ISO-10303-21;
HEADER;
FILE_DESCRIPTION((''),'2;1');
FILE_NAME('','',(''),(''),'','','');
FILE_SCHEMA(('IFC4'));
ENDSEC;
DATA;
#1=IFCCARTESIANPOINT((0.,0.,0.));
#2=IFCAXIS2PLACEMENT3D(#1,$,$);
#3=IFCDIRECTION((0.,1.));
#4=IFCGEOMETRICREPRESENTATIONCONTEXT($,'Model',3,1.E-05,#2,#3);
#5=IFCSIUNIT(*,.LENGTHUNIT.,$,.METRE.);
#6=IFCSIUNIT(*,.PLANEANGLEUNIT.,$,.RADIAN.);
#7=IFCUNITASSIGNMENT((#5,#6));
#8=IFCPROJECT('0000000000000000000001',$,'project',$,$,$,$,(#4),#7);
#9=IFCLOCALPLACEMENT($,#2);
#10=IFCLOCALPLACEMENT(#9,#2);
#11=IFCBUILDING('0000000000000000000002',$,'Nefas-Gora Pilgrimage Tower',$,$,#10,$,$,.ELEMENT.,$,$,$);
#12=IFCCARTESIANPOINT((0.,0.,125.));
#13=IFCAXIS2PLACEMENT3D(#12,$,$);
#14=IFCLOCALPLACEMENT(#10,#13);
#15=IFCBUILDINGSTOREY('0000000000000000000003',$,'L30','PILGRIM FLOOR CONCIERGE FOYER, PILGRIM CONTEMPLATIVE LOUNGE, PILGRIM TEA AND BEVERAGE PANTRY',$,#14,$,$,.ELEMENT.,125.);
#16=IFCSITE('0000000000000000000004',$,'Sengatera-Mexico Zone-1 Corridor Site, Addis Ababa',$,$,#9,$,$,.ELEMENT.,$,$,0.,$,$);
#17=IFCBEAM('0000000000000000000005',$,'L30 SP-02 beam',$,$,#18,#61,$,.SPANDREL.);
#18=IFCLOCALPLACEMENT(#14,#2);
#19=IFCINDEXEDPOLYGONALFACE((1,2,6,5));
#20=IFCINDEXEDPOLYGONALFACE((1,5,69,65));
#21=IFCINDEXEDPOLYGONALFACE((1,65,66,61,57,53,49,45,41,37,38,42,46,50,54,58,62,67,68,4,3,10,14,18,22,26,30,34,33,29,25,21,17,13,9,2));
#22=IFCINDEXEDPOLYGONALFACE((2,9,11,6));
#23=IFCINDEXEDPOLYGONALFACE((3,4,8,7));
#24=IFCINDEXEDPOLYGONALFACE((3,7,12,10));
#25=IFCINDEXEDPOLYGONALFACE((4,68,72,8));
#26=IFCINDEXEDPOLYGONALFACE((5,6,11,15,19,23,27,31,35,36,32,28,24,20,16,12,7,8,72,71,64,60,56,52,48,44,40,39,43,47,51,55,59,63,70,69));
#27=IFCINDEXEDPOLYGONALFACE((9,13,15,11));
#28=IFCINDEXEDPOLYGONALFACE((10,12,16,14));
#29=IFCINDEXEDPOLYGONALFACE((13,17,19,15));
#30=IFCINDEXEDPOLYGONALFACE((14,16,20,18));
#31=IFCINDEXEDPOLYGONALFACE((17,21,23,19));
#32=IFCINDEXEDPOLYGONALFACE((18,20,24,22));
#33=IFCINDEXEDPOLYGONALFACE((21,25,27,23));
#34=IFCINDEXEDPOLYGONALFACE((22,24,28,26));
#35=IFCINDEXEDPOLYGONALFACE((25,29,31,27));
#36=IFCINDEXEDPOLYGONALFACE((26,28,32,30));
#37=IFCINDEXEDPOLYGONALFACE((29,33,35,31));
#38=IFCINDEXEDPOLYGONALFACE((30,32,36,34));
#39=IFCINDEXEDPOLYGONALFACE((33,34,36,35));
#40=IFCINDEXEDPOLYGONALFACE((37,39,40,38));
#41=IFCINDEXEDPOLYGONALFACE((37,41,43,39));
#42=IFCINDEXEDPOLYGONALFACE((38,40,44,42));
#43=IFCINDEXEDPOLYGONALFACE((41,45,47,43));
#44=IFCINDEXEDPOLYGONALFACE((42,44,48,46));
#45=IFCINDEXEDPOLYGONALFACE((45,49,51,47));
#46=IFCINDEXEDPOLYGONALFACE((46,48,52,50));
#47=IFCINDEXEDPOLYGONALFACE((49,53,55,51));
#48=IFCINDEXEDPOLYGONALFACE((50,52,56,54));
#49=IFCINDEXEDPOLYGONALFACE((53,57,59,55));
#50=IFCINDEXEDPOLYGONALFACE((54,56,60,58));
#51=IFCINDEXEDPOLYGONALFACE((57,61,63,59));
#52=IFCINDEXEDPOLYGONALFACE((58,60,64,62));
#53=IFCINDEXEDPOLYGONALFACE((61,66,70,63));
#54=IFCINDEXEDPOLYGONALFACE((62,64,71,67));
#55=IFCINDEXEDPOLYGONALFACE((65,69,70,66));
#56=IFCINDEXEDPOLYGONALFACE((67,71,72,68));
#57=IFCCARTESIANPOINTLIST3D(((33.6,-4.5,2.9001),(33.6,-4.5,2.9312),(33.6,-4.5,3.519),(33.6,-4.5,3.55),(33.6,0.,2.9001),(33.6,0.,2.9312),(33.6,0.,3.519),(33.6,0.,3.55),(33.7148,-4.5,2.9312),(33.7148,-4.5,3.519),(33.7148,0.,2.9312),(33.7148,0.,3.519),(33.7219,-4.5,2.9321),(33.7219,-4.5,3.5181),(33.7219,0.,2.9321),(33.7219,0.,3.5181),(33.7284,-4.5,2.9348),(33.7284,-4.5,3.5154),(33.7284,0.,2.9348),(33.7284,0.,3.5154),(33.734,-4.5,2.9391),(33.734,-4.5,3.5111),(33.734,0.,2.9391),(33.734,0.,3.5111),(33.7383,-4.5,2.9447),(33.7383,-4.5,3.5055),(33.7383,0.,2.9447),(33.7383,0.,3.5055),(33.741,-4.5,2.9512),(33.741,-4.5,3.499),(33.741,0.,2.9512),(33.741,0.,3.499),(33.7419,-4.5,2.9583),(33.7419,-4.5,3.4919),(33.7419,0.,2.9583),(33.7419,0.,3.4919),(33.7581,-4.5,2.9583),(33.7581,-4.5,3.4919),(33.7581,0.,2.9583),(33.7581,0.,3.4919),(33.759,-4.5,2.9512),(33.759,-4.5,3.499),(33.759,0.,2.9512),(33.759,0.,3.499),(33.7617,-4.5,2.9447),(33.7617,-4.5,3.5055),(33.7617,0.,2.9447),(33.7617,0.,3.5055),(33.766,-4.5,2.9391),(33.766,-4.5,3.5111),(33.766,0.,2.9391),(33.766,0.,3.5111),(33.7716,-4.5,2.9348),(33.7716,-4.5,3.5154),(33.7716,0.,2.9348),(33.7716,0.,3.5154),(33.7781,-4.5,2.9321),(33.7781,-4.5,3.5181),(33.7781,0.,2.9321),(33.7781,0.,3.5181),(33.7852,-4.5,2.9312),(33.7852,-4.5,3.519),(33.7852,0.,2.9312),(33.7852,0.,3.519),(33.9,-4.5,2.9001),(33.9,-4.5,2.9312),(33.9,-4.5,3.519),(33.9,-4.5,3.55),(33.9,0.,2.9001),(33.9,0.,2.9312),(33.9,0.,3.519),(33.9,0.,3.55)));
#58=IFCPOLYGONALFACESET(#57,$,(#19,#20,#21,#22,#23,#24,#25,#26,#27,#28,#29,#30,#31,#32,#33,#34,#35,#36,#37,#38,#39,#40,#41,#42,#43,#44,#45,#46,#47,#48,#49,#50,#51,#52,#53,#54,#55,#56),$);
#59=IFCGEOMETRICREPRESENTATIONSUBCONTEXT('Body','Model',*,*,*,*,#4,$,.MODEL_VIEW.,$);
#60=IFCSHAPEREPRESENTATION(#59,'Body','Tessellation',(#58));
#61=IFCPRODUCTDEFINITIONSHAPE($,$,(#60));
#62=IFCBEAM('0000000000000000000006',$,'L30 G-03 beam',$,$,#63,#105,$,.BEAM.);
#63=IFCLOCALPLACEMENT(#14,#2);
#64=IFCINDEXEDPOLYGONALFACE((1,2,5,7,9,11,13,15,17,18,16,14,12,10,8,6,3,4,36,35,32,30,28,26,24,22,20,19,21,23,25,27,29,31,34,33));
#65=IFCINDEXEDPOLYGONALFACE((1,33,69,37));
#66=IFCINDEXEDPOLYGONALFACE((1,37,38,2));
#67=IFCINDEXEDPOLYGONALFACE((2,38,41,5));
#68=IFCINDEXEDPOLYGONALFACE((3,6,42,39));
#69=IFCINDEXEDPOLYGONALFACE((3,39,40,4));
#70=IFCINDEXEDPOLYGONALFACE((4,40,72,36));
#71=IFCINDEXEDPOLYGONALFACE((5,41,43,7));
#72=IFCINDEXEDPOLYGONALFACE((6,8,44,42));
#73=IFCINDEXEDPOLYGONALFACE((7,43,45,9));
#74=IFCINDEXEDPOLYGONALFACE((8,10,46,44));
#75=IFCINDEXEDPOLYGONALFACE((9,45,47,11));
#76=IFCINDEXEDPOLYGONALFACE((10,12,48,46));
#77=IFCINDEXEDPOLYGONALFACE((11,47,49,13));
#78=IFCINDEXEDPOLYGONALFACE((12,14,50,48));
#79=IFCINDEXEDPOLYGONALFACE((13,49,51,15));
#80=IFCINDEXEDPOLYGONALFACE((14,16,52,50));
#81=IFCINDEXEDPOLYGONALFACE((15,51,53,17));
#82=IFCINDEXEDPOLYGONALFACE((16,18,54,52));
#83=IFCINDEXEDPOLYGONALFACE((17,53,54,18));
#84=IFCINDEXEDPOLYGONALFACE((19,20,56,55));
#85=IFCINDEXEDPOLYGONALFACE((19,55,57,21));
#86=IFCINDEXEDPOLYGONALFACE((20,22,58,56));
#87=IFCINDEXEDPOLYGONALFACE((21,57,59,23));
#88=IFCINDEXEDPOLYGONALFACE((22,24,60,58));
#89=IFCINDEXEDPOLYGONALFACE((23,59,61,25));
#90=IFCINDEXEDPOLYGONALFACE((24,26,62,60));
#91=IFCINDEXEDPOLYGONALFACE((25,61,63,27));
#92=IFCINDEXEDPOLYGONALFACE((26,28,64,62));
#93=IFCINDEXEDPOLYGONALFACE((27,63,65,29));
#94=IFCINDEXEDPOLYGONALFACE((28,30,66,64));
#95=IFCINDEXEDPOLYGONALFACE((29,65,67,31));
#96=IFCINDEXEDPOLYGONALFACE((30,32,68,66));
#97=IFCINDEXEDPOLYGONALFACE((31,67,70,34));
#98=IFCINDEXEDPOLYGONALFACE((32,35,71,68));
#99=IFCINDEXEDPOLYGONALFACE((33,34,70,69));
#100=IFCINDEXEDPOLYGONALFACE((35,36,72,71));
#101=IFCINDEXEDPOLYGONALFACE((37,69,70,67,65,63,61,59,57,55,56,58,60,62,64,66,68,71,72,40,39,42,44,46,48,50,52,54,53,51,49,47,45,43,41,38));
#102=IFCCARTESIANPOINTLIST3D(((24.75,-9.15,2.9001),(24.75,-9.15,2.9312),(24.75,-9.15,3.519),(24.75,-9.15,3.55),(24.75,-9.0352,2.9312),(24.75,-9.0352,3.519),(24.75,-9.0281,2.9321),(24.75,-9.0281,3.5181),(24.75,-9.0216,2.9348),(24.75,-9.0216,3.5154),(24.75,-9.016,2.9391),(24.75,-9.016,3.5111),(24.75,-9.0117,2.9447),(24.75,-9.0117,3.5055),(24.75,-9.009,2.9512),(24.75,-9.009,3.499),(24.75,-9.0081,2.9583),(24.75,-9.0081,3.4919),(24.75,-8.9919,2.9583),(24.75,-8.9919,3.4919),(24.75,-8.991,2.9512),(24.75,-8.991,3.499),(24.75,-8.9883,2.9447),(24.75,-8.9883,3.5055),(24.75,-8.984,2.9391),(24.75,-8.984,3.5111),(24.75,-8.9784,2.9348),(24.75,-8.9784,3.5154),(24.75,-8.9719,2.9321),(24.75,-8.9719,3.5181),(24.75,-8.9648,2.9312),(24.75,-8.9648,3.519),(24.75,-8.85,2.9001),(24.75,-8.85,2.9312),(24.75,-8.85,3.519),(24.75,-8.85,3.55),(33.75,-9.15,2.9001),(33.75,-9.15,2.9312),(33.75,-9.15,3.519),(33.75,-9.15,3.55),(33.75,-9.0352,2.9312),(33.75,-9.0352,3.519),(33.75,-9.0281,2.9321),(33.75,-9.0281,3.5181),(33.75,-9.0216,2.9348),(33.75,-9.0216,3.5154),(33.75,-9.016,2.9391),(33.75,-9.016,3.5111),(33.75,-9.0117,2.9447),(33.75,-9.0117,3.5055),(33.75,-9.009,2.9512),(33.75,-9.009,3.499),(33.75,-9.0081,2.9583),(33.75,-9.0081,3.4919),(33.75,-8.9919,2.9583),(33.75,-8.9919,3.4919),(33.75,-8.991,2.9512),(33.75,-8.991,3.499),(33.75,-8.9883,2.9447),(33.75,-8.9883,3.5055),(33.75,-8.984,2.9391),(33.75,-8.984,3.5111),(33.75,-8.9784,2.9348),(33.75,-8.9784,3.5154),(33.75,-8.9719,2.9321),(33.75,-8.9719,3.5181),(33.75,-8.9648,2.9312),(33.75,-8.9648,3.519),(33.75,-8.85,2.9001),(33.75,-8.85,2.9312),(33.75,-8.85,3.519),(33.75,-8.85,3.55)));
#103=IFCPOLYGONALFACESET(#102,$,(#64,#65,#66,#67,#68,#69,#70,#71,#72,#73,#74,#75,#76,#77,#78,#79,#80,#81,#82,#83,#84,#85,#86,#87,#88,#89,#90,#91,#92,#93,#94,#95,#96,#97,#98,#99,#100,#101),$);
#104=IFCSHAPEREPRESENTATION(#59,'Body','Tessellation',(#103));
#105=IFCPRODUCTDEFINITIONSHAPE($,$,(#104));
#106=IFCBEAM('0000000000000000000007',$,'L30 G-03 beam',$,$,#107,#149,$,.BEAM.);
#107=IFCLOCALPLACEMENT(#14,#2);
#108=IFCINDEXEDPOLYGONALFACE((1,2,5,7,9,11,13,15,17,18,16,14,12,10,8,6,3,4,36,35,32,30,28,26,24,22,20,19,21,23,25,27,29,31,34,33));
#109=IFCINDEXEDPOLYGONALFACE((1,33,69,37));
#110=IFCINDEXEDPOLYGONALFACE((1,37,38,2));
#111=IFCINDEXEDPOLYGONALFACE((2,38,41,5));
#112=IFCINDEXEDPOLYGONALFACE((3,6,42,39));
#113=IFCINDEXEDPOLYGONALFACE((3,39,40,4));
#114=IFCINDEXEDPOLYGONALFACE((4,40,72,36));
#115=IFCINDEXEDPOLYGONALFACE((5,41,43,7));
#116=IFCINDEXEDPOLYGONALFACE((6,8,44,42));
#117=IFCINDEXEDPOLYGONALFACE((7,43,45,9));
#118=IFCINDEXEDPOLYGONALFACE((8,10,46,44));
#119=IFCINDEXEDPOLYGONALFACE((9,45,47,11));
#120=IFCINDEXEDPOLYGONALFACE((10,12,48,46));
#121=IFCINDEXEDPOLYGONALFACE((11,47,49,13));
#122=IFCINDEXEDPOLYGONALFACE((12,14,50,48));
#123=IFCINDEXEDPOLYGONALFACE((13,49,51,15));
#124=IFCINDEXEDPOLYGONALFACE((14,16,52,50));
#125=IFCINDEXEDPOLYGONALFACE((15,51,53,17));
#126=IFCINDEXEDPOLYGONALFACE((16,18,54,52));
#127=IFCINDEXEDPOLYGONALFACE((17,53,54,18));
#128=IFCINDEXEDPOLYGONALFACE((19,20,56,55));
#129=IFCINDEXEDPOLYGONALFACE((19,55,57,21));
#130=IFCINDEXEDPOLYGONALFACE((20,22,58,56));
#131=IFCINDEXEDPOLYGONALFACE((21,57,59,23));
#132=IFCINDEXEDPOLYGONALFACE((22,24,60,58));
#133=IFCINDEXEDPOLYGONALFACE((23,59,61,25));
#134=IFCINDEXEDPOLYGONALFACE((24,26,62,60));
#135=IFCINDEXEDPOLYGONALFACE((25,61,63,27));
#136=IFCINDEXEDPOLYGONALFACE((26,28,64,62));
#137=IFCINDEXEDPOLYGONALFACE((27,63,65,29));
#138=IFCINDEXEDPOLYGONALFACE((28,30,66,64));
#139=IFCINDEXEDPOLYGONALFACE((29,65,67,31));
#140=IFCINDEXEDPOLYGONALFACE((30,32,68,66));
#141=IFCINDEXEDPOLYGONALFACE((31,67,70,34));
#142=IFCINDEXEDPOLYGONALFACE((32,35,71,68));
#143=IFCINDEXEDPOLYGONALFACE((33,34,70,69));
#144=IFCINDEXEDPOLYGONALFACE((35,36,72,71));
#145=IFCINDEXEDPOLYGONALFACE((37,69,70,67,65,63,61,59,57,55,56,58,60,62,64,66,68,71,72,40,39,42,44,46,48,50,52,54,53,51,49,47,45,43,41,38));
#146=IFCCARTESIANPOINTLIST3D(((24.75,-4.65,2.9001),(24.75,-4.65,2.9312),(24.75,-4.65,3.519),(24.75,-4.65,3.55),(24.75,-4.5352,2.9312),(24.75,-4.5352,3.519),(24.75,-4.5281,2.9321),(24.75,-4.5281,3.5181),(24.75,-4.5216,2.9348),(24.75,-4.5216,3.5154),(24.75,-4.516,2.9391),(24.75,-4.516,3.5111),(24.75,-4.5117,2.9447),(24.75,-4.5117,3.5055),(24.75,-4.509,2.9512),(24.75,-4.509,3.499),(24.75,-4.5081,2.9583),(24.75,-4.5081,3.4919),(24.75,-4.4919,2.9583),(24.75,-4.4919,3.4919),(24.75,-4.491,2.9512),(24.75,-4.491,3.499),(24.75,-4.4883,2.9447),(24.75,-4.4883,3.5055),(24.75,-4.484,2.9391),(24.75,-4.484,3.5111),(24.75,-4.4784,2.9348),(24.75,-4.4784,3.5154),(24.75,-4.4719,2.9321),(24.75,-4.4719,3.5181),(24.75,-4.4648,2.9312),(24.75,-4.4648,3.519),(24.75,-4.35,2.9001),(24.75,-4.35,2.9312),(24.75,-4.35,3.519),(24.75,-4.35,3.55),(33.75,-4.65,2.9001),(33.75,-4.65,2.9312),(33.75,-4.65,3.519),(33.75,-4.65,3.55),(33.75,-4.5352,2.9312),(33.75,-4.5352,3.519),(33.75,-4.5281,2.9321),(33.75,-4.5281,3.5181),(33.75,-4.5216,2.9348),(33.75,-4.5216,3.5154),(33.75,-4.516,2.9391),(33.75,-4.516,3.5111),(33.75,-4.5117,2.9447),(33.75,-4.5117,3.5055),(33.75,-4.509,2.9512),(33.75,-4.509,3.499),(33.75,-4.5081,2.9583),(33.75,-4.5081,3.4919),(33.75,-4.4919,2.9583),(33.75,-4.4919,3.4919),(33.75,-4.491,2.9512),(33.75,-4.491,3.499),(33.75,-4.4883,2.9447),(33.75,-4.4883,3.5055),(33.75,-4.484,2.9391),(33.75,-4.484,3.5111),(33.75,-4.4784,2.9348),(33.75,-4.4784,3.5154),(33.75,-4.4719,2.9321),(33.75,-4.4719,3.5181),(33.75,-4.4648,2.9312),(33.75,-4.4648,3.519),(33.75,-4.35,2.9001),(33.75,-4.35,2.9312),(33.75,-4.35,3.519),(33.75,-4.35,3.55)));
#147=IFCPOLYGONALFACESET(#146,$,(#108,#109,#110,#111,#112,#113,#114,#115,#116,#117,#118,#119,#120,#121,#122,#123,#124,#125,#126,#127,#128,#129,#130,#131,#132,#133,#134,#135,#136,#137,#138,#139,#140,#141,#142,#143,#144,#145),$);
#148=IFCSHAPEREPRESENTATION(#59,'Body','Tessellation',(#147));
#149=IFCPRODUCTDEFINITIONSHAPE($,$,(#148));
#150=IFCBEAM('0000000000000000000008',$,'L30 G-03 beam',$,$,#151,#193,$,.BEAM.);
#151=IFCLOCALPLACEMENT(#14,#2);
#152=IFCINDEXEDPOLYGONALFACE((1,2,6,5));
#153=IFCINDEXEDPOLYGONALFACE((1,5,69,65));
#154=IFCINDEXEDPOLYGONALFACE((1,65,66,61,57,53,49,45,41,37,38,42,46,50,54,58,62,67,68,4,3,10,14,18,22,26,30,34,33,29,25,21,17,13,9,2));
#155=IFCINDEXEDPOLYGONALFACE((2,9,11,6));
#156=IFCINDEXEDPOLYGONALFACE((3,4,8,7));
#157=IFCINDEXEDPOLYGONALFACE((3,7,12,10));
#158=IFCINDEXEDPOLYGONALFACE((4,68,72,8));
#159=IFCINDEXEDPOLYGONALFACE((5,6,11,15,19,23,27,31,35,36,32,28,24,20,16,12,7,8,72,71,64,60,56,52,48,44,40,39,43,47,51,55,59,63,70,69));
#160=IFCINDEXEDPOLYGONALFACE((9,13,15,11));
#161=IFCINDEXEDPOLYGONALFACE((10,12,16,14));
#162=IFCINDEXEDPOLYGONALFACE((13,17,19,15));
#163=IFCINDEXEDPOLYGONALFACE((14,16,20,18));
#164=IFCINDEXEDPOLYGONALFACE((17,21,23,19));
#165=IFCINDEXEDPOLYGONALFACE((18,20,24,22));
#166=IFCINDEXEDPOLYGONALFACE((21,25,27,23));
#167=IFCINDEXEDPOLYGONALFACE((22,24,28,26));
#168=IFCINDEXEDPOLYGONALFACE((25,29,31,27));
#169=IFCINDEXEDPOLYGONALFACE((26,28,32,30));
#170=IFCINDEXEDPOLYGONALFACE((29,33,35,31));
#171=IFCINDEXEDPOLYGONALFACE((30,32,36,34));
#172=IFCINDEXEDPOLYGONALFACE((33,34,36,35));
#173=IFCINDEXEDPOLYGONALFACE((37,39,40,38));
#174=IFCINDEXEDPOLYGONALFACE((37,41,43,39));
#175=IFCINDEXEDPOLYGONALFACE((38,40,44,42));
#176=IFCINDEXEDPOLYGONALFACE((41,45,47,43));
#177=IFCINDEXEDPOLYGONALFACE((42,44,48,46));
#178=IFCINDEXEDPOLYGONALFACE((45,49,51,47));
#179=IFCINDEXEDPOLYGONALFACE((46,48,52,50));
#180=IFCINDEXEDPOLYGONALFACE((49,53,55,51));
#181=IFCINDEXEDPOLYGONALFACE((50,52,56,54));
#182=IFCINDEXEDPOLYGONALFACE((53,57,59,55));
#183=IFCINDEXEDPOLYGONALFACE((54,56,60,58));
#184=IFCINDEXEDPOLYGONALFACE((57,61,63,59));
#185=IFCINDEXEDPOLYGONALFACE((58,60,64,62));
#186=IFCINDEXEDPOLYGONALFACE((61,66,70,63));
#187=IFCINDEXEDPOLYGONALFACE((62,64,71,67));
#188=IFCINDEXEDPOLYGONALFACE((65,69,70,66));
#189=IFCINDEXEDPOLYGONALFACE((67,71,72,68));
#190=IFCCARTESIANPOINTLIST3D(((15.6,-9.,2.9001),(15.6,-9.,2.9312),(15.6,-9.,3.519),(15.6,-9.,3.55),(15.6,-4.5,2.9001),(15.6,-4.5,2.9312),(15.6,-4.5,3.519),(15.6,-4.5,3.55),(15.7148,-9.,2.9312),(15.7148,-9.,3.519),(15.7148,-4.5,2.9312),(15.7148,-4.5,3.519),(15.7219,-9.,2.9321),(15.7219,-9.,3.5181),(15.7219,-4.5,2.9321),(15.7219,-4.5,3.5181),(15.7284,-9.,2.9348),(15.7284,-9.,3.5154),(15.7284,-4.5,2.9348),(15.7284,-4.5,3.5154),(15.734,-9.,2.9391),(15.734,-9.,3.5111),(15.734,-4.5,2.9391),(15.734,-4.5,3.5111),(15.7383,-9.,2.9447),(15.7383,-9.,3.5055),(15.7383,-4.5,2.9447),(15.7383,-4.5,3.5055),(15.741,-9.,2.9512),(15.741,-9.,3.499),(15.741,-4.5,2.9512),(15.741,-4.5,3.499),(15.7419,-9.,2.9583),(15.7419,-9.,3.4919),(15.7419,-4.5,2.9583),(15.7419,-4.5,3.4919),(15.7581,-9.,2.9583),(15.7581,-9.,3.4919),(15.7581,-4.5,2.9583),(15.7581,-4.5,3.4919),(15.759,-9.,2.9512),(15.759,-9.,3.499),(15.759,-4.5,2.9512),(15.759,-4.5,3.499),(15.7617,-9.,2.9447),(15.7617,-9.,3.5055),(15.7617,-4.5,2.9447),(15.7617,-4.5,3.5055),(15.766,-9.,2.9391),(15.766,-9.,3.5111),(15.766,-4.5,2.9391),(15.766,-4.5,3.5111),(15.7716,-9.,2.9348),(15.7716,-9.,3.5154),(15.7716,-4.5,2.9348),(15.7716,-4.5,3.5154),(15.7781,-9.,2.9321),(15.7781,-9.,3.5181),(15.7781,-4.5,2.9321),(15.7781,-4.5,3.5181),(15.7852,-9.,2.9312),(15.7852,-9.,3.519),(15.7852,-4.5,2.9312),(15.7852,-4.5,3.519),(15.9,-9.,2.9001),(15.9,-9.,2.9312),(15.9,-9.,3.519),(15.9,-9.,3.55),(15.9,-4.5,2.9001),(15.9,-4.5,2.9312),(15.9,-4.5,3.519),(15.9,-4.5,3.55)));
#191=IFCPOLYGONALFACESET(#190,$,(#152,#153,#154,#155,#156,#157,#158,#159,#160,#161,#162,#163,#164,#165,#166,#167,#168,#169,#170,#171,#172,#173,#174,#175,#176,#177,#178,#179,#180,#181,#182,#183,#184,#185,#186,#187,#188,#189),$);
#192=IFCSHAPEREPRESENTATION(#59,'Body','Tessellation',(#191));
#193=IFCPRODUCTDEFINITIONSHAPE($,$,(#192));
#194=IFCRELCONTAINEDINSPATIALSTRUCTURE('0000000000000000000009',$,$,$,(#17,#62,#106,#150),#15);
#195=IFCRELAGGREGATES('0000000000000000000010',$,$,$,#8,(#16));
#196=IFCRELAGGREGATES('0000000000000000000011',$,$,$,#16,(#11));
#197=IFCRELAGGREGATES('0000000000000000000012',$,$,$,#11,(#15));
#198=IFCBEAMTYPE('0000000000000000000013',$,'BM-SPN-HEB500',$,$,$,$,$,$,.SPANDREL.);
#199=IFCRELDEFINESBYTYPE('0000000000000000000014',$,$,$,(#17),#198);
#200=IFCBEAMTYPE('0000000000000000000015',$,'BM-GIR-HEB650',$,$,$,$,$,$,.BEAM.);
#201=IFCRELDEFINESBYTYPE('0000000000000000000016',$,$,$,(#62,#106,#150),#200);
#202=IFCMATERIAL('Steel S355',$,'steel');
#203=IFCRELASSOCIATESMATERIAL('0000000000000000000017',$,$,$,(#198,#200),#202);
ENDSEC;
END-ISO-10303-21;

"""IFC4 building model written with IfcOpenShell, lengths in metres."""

from ifc_helpers import new_model, si_unit, direction, frame, origin, origin_2d, place, context, subcontext, project, spatial, i_section, extrude, source, transform, mapped, material, material_profile, profile_set, type_object, element, save


model = new_model("IFC4")

# Units and contexts
model_context = context("Model", 3, precision=1e-05, world=origin(), true_north=direction((0.0, 1.0)))
body_context = subcontext(model_context, "Body", "Model", "MODEL_VIEW")
ifc_project = project(units=[si_unit("LENGTHUNIT", "METRE"), si_unit("PLANEANGLEUNIT", "RADIAN")], contexts=[model_context])

# Site, building, storey
site_placement = place(None, origin())
site = spatial("IfcSite", under=ifc_project, at=site_placement, Name="Sengatera-Mexico Zone-1 Corridor Site, Addis Ababa", CompositionType="ELEMENT", RefElevation=0.0)
building_placement = place(site_placement, origin())
building = spatial("IfcBuilding", under=site, at=building_placement, Name="Nefas-Gora Pilgrimage Tower", CompositionType="ELEMENT")
storey_placement = place(building_placement, frame((0.0, 0.0, 125.0)))
storey = spatial("IfcBuildingStorey", under=building, at=storey_placement, Name="L30", Description="PILGRIM FLOOR CONCIERGE FOYER, PILGRIM CONTEMPLATIVE LOUNGE, PILGRIM TEA AND BEVERAGE PANTRY", CompositionType="ELEMENT", Elevation=125.0)

# Beams
ifc_material_1 = material(Name="Steel S355", Category="steel")
ifc_material_profile_1 = material_profile(ifc_material_1, i_section(OverallWidth=0.3, OverallDepth=0.6499, WebThickness=0.0161, FlangeThickness=0.031, FilletRadius=0.0271, at=origin_2d()), Name="HEB 650")
ifc_profile_set_1 = profile_set([ifc_material_profile_1], Name="Steel S355")
beam_type_1 = type_object("IfcBeamType", Name="BM-SPN-HEB500", PredefinedType="SPANDREL", material=ifc_profile_set_1)
shared_shape_1 = source(origin(), body_context, "Body", "SweptSolid", [
    extrude(i_section(OverallWidth=0.3, OverallDepth=0.6499, WebThickness=0.0161, FlangeThickness=0.031, FilletRadius=0.0271, at=origin_2d()), origin(), (0.0, 0.0, 1.0), 4.5),
])
for number, where, z_axis, x_axis, name in (
    (1, (33.75, -4.5, 3.2251), (0.0, 1.0, 0.0), (-1.0, 0.0, 0.0), "L30 SP-02 beam"),
):
    element("IfcBeam", number, at=place(storey_placement, frame(where, z_axis=z_axis, x_axis=x_axis)), inside=storey, type_object=beam_type_1, Name=name, PredefinedType="SPANDREL", context=body_context, shape_type="MappedRepresentation", body=[
        mapped(shared_shape_1, transform((0.0, 0.0, 0.0), x_axis=(1.0, 0.0, 0.0), y_axis=(0.0, 1.0, 0.0), z_axis=(0.0, 0.0, 1.0), scale=1.0)),
    ])
ifc_material_profile_2 = material_profile(ifc_material_1, i_section(OverallWidth=0.3, OverallDepth=0.6499, WebThickness=0.0161, FlangeThickness=0.031, FilletRadius=0.0271, at=origin_2d()), Name="HEB 650")
ifc_profile_set_2 = profile_set([ifc_material_profile_2], Name="Steel S355")
beam_type_2 = type_object("IfcBeamType", Name="BM-GIR-HEB650", PredefinedType="BEAM", material=ifc_profile_set_2)
shared_shape_2 = source(origin(), body_context, "Body", "SweptSolid", [
    extrude(i_section(OverallWidth=0.3, OverallDepth=0.6499, WebThickness=0.0161, FlangeThickness=0.031, FilletRadius=0.0271, at=origin_2d()), origin(), (0.0, 0.0, 1.0), 9.0),
])
for number, where, z_axis, x_axis, name in (
    (2, (24.75, -9.0, 3.2251), (1.0, 0.0, 0.0), (0.0, 1.0, 0.0), "L30 G-03 beam"),
    (3, (24.75, -4.5, 3.2251), (1.0, 0.0, 0.0), (0.0, 1.0, 0.0), "L30 G-03 beam"),
):
    element("IfcBeam", number, at=place(storey_placement, frame(where, z_axis=z_axis, x_axis=x_axis)), inside=storey, type_object=beam_type_2, Name=name, PredefinedType="BEAM", context=body_context, shape_type="MappedRepresentation", body=[
        mapped(shared_shape_2, transform((0.0, 0.0, 0.0), x_axis=(1.0, 0.0, 0.0), y_axis=(0.0, 1.0, 0.0), z_axis=(0.0, 0.0, 1.0), scale=1.0)),
    ])
shared_shape_3 = source(origin(), body_context, "Body", "SweptSolid", [
    extrude(i_section(OverallWidth=0.3, OverallDepth=0.6499, WebThickness=0.0161, FlangeThickness=0.031, FilletRadius=0.0271, at=origin_2d()), origin(), (0.0, 0.0, 1.0), 4.5),
])
for number, where, z_axis, x_axis, name in (
    (4, (15.75, -9.0, 3.2251), (0.0, 1.0, 0.0), (-1.0, 0.0, 0.0), "L30 G-03 beam"),
):
    element("IfcBeam", number, at=place(storey_placement, frame(where, z_axis=z_axis, x_axis=x_axis)), inside=storey, type_object=beam_type_2, Name=name, PredefinedType="BEAM", context=body_context, shape_type="MappedRepresentation", body=[
        mapped(shared_shape_3, transform((0.0, 0.0, 0.0), x_axis=(1.0, 0.0, 0.0), y_axis=(0.0, 1.0, 0.0), z_axis=(0.0, 0.0, 1.0), scale=1.0)),
    ])

save(model, "model.ifc")
